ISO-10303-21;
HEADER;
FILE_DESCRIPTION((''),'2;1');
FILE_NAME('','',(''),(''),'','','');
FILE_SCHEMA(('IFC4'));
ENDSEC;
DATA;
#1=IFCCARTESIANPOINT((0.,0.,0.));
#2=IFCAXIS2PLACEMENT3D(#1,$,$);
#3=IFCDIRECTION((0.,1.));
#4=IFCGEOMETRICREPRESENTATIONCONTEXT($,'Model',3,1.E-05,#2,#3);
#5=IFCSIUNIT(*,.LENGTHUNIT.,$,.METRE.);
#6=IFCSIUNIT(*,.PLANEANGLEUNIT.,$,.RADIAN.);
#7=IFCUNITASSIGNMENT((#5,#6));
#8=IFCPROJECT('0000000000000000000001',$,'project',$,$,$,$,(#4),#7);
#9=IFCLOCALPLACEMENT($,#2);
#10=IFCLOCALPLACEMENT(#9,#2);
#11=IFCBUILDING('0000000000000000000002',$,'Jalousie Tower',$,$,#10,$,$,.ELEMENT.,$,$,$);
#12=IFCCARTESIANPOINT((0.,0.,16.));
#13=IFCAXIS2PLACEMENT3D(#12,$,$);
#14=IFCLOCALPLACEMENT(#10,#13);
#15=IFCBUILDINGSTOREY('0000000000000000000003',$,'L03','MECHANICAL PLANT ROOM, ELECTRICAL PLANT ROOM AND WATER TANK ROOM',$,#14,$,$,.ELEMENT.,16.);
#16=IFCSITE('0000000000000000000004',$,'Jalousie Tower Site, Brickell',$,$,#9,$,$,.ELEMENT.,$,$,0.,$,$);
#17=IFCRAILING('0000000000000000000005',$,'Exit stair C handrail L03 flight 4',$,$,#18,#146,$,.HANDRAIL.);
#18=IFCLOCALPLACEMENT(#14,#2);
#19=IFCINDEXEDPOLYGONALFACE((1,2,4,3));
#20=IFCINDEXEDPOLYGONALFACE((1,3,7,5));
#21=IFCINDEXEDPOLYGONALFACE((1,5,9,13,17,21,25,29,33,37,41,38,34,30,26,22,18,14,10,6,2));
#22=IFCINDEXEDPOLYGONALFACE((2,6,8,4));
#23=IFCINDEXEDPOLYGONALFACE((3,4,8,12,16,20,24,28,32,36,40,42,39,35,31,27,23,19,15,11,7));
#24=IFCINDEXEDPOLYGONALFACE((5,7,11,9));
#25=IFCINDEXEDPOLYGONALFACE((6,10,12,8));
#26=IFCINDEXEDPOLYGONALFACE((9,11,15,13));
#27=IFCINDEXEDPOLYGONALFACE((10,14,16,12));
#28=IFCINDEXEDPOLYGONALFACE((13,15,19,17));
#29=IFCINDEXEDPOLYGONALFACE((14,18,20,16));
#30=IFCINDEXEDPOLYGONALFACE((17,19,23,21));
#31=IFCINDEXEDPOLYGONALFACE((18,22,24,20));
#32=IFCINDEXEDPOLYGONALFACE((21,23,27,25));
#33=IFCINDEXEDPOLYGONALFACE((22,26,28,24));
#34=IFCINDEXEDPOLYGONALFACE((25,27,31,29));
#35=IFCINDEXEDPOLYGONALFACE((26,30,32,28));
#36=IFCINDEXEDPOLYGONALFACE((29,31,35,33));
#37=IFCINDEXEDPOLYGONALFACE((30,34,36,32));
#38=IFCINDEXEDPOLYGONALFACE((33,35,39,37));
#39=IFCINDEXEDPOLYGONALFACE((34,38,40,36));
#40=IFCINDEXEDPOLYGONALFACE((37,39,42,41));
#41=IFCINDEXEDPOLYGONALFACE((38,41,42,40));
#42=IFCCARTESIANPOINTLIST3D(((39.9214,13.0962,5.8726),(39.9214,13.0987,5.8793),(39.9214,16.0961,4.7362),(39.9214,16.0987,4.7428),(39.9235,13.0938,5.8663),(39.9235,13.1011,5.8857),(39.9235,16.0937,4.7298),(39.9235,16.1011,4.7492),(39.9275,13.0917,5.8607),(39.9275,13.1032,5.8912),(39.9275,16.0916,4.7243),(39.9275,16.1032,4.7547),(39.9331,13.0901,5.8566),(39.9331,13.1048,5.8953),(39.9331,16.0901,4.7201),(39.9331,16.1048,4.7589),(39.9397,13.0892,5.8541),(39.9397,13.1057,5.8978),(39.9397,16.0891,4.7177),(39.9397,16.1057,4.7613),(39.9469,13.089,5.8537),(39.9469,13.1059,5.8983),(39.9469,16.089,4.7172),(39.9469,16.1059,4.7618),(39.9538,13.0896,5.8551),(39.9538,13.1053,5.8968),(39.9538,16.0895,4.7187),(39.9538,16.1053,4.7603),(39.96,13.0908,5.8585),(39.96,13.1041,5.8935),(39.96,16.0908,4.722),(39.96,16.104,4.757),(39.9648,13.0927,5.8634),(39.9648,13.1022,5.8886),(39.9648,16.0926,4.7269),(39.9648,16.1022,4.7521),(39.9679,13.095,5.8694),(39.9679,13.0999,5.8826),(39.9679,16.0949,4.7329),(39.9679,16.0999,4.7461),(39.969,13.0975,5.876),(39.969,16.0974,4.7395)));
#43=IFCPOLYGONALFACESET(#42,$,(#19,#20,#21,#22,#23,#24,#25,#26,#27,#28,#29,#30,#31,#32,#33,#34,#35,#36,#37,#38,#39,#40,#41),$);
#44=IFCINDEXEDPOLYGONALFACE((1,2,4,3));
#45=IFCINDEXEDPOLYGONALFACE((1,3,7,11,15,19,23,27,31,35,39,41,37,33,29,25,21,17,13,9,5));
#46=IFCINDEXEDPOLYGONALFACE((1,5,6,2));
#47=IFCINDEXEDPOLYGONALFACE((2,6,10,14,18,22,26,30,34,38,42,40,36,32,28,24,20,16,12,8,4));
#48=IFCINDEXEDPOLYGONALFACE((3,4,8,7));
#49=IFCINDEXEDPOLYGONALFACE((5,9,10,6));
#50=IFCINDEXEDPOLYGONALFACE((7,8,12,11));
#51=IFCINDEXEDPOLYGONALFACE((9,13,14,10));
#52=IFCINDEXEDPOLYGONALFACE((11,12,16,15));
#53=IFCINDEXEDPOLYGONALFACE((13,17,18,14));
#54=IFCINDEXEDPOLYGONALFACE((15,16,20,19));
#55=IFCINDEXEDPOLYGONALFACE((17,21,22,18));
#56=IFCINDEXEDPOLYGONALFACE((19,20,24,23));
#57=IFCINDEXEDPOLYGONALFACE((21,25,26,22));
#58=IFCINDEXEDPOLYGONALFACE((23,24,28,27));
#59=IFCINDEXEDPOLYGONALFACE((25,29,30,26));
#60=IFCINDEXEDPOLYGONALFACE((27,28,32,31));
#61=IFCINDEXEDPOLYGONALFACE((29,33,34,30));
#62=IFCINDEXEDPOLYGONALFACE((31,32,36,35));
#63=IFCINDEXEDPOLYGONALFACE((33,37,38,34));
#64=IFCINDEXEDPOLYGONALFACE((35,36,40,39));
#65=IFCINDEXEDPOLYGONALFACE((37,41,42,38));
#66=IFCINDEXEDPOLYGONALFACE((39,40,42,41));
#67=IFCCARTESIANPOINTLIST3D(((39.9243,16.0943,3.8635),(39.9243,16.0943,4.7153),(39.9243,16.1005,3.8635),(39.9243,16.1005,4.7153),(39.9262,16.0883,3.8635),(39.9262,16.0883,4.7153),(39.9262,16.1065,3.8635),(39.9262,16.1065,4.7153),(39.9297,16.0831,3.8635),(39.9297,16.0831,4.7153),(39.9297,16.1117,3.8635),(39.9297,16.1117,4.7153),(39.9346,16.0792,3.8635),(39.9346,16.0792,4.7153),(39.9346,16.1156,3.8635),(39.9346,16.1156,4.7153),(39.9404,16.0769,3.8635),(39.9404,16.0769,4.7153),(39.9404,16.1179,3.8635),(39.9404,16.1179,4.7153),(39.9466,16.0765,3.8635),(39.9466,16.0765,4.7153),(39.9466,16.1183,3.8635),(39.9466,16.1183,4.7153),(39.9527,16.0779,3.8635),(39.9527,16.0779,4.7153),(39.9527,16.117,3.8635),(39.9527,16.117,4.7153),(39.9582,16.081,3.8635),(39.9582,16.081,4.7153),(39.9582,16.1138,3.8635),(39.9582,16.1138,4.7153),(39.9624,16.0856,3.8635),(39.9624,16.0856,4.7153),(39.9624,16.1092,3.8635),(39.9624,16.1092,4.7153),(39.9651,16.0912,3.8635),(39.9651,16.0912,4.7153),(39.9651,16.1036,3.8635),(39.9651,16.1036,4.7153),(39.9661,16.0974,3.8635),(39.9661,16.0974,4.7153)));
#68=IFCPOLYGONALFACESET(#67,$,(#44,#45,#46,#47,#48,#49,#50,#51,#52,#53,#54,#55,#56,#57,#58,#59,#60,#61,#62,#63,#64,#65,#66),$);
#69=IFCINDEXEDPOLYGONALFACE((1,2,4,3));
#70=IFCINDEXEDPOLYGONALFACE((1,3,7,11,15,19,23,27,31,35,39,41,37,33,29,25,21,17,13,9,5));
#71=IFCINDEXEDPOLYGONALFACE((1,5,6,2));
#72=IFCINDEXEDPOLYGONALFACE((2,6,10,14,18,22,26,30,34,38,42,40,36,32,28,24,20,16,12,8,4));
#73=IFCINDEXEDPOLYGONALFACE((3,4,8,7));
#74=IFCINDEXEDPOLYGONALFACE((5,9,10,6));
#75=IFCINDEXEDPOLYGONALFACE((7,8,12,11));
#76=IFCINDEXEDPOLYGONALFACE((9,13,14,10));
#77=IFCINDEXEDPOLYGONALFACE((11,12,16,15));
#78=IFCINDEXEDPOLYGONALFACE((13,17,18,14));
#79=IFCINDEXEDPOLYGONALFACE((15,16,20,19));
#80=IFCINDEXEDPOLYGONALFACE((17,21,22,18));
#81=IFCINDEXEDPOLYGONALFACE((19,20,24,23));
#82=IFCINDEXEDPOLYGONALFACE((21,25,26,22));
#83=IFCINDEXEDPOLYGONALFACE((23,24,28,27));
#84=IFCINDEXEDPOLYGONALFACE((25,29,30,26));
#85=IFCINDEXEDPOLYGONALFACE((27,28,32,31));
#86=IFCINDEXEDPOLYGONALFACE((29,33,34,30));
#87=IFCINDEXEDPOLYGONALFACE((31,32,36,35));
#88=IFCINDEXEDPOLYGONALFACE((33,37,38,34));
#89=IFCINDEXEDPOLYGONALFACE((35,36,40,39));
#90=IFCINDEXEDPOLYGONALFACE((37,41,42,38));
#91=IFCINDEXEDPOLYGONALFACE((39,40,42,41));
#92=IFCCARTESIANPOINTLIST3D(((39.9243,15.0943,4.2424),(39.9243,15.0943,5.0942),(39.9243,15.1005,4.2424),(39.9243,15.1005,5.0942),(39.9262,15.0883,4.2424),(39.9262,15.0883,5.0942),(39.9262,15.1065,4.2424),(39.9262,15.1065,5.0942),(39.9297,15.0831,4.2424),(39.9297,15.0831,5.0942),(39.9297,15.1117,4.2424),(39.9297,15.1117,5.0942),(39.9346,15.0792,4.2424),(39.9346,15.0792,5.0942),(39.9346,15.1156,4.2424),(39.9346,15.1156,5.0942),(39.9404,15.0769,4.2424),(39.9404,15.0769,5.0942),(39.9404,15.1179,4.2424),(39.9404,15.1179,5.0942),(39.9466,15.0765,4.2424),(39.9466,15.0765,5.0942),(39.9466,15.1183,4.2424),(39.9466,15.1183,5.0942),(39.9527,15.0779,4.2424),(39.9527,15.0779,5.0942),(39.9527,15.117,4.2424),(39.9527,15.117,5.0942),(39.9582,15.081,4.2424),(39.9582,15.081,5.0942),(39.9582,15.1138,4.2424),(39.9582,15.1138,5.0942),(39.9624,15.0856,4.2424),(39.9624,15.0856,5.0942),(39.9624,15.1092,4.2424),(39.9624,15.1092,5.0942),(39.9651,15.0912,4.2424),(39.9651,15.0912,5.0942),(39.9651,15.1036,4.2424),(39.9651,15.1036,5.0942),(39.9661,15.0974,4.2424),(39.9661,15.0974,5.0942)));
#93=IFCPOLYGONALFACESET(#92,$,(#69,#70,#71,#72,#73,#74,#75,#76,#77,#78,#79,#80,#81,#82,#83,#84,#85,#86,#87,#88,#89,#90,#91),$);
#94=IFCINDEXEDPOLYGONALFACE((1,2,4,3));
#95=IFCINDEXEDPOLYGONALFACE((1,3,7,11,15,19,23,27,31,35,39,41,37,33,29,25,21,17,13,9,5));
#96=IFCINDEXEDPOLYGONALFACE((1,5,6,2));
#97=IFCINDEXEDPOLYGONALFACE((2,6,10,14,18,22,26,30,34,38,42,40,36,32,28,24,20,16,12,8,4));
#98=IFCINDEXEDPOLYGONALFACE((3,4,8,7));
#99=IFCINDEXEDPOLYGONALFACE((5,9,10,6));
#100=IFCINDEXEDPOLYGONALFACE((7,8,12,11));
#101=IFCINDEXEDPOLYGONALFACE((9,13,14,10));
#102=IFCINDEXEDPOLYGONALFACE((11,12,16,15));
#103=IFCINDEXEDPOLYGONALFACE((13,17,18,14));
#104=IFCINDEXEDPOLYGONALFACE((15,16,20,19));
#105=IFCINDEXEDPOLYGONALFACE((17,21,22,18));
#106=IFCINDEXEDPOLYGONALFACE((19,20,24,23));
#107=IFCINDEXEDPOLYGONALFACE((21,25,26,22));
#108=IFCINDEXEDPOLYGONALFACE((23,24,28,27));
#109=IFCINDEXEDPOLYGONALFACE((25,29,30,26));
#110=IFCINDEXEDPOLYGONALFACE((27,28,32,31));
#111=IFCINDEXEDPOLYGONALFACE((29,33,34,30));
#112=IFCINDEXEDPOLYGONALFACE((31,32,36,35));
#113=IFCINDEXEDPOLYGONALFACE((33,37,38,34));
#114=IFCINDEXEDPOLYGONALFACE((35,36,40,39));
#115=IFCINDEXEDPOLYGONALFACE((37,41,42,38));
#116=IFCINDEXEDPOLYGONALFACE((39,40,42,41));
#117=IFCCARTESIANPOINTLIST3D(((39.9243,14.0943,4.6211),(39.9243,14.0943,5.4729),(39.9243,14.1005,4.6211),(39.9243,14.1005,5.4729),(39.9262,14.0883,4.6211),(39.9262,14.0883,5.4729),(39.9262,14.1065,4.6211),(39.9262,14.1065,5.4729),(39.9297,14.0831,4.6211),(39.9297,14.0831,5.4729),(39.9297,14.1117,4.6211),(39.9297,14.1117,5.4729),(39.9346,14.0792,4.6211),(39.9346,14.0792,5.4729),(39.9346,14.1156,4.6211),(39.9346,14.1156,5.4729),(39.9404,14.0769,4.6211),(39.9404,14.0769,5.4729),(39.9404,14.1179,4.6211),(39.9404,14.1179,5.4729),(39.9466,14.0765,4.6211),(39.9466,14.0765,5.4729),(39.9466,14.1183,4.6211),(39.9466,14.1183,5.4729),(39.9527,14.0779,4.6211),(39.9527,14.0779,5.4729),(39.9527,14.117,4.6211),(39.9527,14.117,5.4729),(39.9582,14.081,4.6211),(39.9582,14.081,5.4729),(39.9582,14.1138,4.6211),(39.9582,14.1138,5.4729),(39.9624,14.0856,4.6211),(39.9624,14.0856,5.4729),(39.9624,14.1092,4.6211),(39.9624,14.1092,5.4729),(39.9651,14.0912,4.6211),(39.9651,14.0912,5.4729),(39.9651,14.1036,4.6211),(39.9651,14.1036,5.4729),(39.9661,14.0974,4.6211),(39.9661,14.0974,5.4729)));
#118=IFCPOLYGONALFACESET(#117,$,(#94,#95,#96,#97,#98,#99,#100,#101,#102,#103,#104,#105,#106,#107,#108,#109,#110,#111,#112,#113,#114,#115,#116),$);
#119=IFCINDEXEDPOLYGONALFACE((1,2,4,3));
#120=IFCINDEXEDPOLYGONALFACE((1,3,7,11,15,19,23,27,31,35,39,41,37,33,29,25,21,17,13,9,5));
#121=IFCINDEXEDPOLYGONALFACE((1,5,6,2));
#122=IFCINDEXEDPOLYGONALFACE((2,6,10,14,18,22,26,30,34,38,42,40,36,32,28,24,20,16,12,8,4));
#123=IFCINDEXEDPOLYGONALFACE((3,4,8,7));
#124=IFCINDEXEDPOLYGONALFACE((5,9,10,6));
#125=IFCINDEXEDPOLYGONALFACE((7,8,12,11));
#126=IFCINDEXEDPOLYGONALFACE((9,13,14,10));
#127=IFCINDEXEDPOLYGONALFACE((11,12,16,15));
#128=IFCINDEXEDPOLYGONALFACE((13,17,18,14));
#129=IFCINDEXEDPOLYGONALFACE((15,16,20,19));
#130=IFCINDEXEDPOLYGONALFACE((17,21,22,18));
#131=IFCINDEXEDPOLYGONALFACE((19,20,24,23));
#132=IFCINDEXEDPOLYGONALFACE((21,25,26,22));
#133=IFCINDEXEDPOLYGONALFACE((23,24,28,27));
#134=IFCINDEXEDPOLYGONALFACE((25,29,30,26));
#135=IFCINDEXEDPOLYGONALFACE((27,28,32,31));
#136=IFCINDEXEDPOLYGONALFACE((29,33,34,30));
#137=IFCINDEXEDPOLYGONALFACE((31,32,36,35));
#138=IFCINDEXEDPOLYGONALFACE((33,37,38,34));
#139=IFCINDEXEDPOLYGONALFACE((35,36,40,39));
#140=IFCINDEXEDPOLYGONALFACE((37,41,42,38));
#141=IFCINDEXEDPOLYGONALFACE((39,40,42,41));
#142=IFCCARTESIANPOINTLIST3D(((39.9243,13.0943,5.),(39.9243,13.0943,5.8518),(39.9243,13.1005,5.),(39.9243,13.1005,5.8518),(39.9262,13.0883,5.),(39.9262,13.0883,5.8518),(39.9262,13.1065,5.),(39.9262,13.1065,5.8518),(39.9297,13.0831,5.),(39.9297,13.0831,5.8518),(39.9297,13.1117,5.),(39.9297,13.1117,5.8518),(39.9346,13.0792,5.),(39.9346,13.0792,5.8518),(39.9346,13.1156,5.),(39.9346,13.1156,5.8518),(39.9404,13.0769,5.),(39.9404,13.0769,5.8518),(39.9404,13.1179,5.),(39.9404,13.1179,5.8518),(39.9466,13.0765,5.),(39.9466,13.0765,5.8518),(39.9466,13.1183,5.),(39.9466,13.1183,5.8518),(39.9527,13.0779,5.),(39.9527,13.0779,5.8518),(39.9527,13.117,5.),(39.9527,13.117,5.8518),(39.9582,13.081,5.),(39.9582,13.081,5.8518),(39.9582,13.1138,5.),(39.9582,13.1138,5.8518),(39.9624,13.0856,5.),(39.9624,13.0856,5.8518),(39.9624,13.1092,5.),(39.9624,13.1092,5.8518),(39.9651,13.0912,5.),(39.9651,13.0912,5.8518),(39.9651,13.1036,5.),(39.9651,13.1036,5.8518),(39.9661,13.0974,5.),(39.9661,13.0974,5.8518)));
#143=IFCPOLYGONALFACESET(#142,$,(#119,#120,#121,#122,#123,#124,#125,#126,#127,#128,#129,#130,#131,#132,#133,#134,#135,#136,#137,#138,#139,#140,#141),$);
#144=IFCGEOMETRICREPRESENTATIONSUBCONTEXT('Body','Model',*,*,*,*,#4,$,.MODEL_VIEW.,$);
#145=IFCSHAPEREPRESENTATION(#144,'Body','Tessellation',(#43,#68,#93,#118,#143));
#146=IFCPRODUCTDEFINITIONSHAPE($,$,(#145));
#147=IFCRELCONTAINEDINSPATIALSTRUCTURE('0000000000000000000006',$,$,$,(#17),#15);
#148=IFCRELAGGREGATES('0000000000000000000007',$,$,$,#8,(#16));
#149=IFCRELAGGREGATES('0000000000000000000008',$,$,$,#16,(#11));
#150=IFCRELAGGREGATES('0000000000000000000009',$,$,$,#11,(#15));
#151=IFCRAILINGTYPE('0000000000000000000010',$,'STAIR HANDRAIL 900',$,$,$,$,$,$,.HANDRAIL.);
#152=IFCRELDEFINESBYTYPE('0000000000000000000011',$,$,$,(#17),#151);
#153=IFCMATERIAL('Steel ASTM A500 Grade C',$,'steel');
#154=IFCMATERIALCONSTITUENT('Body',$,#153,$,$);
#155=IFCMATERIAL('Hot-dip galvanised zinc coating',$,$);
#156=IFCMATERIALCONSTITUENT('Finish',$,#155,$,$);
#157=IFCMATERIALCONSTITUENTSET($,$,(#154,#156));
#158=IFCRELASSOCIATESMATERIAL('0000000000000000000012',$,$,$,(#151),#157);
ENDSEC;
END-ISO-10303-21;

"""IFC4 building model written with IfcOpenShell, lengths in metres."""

from ifc_helpers import new_model, si_unit, direction, frame, origin, origin_2d, place, context, subcontext, project, spatial, circle, extrude, material, constituent, constituent_set, type_object, element, save


model = new_model("IFC4")

# Units and contexts
model_context = context("Model", 3, precision=1e-05, world=origin(), true_north=direction((0.0, 1.0)))
body_context = subcontext(model_context, "Body", "Model", "MODEL_VIEW")
ifc_project = project(units=[si_unit("LENGTHUNIT", "METRE"), si_unit("PLANEANGLEUNIT", "RADIAN")], contexts=[model_context])

# Site, building, storey
site_placement = place(None, origin())
site = spatial("IfcSite", under=ifc_project, at=site_placement, Name="Jalousie Tower Site, Brickell", CompositionType="ELEMENT", RefElevation=0.0)
building_placement = place(site_placement, origin())
building = spatial("IfcBuilding", under=site, at=building_placement, Name="Jalousie Tower", CompositionType="ELEMENT")
storey_placement = place(building_placement, frame((0.0, 0.0, 16.0)))
storey = spatial("IfcBuildingStorey", under=building, at=storey_placement, Name="L03", Description="MECHANICAL PLANT ROOM, ELECTRICAL PLANT ROOM AND WATER TANK ROOM", CompositionType="ELEMENT", Elevation=16.0)

# Railing
ifc_material_1 = material(Name="Steel ASTM A500 Grade C", Category="steel")
ifc_constituent_1 = constituent(ifc_material_1, Name="Body")
ifc_material_2 = material(Name="Hot-dip galvanised zinc coating")
ifc_constituent_2 = constituent(ifc_material_2, Name="Finish")
ifc_constituent_set_1 = constituent_set(constituents=[ifc_constituent_1, ifc_constituent_2])
railing_type_1 = type_object("IfcRailingType", Name="STAIR HANDRAIL 900", PredefinedType="HANDRAIL", material=ifc_constituent_set_1)
railing_1_placement = place(storey_placement, frame((39.9451, 16.0974, 3.8635)))
element("IfcRailing", 1, at=railing_1_placement, inside=storey, type_object=railing_type_1, Name="Exit stair C handrail L03 flight 4", PredefinedType="HANDRAIL", context=body_context, shape_type="SweptSolid", body=[
    extrude(circle(Radius=0.0239, at=origin_2d()), frame((0.0, 0.0, 0.876), z_axis=(0.0, -0.935148, 0.354257), x_axis=(1.0, 0.0, 0.0)), (0.0, 0.0, 1.0), 3.208),
    extrude(circle(Radius=0.021, at=origin_2d()), origin(), (0.0, 0.0, 1.0), 0.8518),
    extrude(circle(Radius=0.021, at=origin_2d()), frame((0.0, -1.0, 0.3789)), (0.0, 0.0, 1.0), 0.8518),
    extrude(circle(Radius=0.021, at=origin_2d()), frame((0.0, -2.0, 0.7576)), (0.0, 0.0, 1.0), 0.8518),
    extrude(circle(Radius=0.021, at=origin_2d()), frame((0.0, -3.0, 1.1365)), (0.0, 0.0, 1.0), 0.8518),
])

save(model, "model.ifc")
